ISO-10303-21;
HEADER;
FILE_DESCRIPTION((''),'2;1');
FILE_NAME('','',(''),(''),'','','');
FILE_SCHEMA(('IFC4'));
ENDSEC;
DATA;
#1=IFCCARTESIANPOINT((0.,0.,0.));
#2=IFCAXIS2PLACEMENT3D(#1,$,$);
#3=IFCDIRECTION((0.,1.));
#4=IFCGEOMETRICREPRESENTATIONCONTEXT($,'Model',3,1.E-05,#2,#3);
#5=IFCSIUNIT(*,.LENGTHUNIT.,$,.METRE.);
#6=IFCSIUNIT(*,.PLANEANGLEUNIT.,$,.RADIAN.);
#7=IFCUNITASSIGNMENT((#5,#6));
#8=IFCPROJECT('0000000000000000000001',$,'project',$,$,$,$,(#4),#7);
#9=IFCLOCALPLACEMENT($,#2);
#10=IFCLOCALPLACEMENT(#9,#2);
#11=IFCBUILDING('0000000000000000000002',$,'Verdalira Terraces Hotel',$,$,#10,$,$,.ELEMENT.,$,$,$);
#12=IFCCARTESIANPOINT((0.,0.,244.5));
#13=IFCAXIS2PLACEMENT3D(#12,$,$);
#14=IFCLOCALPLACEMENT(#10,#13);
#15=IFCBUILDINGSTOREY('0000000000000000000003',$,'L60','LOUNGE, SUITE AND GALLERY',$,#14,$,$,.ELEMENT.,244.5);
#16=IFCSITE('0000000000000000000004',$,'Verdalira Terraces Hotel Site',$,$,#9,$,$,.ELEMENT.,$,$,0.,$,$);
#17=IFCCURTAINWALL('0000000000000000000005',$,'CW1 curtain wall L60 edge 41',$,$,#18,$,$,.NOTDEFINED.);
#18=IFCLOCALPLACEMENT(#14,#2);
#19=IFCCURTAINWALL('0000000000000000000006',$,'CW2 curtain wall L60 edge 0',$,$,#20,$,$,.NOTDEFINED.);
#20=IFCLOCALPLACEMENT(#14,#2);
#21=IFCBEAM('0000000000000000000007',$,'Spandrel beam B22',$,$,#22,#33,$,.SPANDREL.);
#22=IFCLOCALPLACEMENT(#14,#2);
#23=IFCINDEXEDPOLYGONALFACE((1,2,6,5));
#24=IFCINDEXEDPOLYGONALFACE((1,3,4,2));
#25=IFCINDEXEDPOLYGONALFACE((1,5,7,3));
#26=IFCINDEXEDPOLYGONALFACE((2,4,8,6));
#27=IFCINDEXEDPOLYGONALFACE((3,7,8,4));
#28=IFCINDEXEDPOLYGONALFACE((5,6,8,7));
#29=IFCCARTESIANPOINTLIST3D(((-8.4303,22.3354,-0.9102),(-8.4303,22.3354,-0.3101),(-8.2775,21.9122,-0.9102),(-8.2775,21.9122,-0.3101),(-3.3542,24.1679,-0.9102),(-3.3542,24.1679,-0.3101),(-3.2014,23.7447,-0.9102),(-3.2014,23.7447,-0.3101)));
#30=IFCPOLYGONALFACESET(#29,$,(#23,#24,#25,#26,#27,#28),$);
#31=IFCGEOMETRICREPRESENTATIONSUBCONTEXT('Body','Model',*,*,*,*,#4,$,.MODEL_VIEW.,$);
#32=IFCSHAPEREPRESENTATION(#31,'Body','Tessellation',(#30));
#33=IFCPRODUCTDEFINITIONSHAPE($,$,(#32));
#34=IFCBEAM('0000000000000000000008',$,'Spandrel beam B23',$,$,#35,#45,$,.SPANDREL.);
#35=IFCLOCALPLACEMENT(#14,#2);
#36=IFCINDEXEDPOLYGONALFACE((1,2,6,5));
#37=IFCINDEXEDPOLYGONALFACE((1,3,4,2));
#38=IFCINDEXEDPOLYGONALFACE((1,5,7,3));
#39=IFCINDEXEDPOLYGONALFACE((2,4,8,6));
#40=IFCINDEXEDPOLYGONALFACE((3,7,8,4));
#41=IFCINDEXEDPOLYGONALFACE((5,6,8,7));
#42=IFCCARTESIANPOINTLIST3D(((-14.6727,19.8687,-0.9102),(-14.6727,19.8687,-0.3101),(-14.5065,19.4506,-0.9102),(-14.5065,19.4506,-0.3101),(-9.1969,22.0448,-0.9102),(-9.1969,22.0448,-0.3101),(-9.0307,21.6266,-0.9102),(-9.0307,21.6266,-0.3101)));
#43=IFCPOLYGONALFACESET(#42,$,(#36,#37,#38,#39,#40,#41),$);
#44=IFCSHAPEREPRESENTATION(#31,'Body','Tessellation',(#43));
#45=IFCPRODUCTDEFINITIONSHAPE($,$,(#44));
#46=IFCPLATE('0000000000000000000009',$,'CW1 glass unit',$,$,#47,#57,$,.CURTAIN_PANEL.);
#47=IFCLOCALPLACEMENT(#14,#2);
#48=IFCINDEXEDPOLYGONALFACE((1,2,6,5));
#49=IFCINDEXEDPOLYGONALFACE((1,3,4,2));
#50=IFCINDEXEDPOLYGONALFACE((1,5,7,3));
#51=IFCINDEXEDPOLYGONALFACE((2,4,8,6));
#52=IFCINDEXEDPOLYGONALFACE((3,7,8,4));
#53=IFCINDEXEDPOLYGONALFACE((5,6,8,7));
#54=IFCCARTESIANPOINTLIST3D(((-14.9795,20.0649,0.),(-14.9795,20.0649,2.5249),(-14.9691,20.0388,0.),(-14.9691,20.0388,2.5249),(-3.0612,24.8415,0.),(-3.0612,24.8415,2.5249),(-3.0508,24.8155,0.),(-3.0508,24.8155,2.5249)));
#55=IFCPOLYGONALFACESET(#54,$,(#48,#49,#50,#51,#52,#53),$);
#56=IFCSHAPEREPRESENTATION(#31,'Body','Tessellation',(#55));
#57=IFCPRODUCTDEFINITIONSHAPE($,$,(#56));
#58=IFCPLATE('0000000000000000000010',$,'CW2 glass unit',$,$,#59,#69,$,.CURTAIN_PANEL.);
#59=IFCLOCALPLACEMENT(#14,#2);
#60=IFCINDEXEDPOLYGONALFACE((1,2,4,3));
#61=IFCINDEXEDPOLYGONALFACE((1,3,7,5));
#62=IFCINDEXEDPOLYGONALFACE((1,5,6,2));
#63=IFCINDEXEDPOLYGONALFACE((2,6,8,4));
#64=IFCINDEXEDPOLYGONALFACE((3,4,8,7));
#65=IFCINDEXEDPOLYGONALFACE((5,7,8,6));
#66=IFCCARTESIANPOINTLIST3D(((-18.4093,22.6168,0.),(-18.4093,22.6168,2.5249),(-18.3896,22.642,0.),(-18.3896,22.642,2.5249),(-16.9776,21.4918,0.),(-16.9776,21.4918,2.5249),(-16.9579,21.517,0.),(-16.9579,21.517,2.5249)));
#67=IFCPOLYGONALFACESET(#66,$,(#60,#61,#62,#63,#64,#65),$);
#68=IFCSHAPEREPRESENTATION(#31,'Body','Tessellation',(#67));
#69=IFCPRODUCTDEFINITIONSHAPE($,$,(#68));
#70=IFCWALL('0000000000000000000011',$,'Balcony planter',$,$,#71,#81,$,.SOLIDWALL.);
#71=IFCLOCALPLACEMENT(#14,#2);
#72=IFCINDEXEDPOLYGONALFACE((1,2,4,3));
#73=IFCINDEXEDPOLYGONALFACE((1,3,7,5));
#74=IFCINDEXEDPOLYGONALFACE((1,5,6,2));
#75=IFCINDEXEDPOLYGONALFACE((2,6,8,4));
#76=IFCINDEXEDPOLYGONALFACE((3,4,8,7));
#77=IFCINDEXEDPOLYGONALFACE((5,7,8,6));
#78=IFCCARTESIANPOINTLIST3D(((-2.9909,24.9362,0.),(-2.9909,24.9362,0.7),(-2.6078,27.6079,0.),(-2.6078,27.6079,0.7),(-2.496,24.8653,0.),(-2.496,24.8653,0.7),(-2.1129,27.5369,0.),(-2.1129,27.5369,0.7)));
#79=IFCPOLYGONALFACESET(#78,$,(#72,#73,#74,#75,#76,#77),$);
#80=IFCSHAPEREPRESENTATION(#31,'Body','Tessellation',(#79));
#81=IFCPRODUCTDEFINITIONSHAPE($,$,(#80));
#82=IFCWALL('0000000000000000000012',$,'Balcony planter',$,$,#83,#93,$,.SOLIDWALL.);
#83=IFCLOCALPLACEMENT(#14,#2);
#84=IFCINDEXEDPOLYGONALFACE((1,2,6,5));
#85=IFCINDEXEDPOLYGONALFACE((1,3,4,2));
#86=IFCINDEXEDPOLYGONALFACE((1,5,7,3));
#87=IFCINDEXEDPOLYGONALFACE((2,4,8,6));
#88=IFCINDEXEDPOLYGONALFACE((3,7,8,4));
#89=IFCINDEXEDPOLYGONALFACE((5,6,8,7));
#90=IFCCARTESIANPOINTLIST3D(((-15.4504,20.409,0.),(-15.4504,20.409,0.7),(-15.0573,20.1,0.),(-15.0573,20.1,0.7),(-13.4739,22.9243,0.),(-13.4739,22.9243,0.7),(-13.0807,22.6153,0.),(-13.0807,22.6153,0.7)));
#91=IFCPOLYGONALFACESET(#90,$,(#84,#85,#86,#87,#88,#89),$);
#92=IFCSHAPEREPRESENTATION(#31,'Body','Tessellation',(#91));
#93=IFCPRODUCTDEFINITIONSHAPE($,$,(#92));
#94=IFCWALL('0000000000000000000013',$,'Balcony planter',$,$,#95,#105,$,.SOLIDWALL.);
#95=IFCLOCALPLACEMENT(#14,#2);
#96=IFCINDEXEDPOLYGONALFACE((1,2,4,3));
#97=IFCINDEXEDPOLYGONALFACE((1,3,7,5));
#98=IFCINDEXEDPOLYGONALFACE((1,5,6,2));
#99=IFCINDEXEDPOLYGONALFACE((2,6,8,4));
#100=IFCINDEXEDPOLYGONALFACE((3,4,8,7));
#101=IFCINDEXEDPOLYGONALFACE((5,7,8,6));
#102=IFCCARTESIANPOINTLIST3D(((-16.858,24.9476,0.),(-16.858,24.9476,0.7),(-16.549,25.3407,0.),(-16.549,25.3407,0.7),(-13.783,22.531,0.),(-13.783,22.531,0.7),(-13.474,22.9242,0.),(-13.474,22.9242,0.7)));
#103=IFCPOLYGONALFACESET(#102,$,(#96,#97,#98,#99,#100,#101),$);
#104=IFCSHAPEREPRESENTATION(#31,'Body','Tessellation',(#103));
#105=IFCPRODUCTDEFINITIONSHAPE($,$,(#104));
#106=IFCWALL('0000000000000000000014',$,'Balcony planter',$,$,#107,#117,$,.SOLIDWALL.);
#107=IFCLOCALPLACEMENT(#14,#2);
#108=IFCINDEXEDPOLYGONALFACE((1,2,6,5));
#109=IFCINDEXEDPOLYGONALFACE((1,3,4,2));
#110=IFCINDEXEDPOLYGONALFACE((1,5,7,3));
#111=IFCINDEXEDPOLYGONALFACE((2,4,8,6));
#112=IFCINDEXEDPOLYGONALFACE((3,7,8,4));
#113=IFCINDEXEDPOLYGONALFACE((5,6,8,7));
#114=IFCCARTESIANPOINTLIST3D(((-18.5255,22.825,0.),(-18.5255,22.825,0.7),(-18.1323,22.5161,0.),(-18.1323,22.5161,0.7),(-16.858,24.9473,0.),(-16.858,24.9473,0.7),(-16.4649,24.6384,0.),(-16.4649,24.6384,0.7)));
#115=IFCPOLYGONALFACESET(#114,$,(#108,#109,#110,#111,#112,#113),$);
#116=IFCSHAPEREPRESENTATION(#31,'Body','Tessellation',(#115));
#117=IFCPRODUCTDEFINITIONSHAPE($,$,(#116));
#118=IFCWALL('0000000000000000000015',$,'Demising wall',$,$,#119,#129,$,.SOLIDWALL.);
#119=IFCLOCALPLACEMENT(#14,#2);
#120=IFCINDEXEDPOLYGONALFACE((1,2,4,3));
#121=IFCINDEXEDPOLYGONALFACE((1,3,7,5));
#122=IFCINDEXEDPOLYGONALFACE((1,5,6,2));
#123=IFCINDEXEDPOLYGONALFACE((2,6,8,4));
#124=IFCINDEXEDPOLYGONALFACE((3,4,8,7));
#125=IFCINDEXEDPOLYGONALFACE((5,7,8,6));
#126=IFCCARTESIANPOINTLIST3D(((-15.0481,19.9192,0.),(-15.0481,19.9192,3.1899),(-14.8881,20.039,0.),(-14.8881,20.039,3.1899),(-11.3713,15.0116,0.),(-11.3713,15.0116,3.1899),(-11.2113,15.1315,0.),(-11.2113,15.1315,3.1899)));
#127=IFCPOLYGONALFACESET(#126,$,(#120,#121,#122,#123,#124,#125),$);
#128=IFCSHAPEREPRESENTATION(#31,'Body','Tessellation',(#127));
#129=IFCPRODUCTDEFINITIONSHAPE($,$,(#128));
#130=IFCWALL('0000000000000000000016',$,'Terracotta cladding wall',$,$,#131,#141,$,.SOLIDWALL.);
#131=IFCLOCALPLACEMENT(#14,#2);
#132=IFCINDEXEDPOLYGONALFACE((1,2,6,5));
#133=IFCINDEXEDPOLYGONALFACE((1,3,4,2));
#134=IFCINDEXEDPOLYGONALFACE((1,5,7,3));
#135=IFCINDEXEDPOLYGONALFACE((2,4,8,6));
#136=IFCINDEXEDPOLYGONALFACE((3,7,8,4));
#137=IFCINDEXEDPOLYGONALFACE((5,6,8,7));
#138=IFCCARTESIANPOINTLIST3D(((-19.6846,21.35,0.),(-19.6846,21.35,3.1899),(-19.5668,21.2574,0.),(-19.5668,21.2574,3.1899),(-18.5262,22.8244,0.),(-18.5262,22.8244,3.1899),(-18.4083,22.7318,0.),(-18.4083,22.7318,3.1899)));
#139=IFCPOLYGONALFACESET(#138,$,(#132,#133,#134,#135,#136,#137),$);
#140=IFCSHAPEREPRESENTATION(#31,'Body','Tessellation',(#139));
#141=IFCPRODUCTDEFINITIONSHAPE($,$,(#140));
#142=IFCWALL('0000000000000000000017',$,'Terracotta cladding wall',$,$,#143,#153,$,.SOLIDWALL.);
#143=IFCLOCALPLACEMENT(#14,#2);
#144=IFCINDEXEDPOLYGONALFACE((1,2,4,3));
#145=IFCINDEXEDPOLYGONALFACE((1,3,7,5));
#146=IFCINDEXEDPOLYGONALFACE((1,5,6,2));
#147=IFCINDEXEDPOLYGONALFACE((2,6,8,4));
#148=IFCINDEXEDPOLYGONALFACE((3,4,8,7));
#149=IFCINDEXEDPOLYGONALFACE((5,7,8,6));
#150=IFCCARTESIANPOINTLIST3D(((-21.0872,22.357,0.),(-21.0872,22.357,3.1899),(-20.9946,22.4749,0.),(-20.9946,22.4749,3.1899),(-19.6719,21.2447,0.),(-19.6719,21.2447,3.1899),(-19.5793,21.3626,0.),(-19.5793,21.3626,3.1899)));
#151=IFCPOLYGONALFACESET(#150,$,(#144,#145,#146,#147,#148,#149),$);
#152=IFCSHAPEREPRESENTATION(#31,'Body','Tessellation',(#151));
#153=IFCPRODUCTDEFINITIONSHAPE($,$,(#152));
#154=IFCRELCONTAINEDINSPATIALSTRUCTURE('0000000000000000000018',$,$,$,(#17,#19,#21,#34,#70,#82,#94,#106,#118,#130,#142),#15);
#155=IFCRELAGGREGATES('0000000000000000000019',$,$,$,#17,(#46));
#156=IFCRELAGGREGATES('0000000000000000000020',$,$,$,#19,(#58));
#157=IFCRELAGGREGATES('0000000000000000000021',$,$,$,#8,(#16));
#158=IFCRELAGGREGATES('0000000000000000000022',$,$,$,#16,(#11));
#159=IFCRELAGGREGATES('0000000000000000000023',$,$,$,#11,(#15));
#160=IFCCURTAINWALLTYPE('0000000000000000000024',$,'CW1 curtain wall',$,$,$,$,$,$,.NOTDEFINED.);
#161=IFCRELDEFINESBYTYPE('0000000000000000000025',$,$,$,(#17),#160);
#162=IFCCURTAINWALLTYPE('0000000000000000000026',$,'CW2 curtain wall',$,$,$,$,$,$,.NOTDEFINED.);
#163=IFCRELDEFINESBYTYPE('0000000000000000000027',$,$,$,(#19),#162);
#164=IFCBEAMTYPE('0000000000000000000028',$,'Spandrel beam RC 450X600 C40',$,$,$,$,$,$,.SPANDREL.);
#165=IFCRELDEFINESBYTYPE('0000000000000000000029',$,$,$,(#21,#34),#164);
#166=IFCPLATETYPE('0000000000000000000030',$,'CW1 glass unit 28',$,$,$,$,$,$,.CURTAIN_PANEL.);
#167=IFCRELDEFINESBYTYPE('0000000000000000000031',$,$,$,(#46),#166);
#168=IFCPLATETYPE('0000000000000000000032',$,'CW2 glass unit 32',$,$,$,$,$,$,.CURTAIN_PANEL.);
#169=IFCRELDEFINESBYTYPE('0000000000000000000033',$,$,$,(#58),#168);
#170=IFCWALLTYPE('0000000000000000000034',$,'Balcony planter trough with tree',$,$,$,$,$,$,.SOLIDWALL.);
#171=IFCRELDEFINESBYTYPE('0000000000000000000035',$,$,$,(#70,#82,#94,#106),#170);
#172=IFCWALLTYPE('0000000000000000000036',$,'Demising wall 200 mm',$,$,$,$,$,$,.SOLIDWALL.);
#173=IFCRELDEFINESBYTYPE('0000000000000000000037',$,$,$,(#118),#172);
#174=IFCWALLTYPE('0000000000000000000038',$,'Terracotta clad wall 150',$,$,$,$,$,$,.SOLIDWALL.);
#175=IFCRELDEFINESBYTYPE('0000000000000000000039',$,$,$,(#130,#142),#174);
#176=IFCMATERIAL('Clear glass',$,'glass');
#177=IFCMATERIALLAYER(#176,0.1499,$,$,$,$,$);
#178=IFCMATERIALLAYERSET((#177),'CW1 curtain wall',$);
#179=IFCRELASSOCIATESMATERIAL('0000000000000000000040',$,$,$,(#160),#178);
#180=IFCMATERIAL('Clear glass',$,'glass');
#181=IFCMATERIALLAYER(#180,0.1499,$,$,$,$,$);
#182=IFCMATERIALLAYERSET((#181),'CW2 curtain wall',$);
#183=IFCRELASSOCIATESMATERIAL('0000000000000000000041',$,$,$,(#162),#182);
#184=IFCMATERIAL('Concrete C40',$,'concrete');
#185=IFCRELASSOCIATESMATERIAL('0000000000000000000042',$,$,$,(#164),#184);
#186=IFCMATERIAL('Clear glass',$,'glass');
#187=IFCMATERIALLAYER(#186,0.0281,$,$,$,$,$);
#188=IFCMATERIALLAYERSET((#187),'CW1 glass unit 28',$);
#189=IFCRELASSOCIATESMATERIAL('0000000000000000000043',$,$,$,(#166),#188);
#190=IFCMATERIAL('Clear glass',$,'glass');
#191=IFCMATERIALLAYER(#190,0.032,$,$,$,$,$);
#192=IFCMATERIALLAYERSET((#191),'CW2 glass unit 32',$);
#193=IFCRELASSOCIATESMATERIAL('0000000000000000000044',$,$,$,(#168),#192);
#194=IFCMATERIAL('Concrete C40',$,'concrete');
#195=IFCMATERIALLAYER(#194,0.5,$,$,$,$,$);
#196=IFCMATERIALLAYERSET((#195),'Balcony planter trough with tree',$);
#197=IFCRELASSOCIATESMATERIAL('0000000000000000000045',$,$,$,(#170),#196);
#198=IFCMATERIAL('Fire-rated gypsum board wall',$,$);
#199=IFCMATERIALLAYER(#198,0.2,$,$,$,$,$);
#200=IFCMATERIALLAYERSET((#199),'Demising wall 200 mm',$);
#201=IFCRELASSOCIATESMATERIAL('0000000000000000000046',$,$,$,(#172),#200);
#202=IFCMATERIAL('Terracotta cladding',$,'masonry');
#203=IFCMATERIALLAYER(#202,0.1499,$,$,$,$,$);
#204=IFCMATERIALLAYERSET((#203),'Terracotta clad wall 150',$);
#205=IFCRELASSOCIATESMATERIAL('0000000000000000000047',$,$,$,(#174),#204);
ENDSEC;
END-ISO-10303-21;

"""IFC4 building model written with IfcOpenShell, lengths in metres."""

from ifc_helpers import new_model, si_unit, direction, frame, frame_2d, origin, origin_2d, place, context, subcontext, project, spatial, rectangle, extrude, material, layer, layer_set, material_profile, profile_set, type_object, element, aggregate, save


model = new_model("IFC4")

# Units and contexts
model_context = context("Model", 3, precision=1e-05, world=origin(), true_north=direction((0.0, 1.0)))
body_context = subcontext(model_context, "Body", "Model", "MODEL_VIEW")
ifc_project = project(units=[si_unit("LENGTHUNIT", "METRE"), si_unit("PLANEANGLEUNIT", "RADIAN")], contexts=[model_context])

# Site, building, storey
site_placement = place(None, origin())
site = spatial("IfcSite", under=ifc_project, at=site_placement, Name="Verdalira Terraces Hotel Site", CompositionType="ELEMENT", RefElevation=0.0)
building_placement = place(site_placement, origin())
building = spatial("IfcBuilding", under=site, at=building_placement, Name="Verdalira Terraces Hotel", CompositionType="ELEMENT")
storey_placement = place(building_placement, frame((0.0, 0.0, 244.5)))
storey = spatial("IfcBuildingStorey", under=building, at=storey_placement, Name="L60", Description="LOUNGE, SUITE AND GALLERY", CompositionType="ELEMENT", Elevation=244.5)

# Shared definitions
ifc_material_1 = material(Name="Clear glass", Category="glass")
ifc_layer_1 = layer(ifc_material_1, 0.1499)
ifc_layer_set_1 = layer_set([ifc_layer_1], Name="CW1 curtain wall")
curtain_wall_type_1 = type_object("IfcCurtainWallType", Name="CW1 curtain wall", PredefinedType="NOTDEFINED", material=ifc_layer_set_1)

# Curtain walls
curtain_wall_1_placement = place(storey_placement, origin())
curtain_wall_1 = element("IfcCurtainWall", 1, at=curtain_wall_1_placement, inside=storey, type_object=curtain_wall_type_1, Name="CW1 curtain wall L60 edge 41", PredefinedType="NOTDEFINED")
ifc_material_2 = material(Name="Clear glass", Category="glass")
ifc_layer_2 = layer(ifc_material_2, 0.1499)
ifc_layer_set_2 = layer_set([ifc_layer_2], Name="CW2 curtain wall")
curtain_wall_type_2 = type_object("IfcCurtainWallType", Name="CW2 curtain wall", PredefinedType="NOTDEFINED", material=ifc_layer_set_2)
curtain_wall_2_placement = place(storey_placement, origin())
curtain_wall_2 = element("IfcCurtainWall", 2, at=curtain_wall_2_placement, inside=storey, type_object=curtain_wall_type_2, Name="CW2 curtain wall L60 edge 0", PredefinedType="NOTDEFINED")

# Beams
ifc_material_3 = material(Name="Concrete C40", Category="concrete")
ifc_material_profile_1 = material_profile(ifc_material_3, rectangle(XDim=0.45, YDim=0.6001, at=origin_2d()), Name="RC 450X600")
ifc_profile_set_1 = profile_set([ifc_material_profile_1], Name="Concrete C40")
beam_type_1 = type_object("IfcBeamType", Name="Spandrel beam RC 450X600 C40", PredefinedType="SPANDREL", material=ifc_profile_set_1)
beam_1_placement = place(storey_placement, frame((-3.2778, 23.9563, -0.6101), z_axis=(-0.940586, -0.339556, 0.0), x_axis=(0.339556, -0.940586, 0.0)))
element("IfcBeam", 3, at=beam_1_placement, inside=storey, type_object=beam_type_1, Name="Spandrel beam B22", PredefinedType="SPANDREL", context=body_context, shape_type="SweptSolid", body=[
    extrude(rectangle(XDim=0.45, YDim=0.6001, at=origin_2d()), origin(), (0.0, 0.0, 1.0), 5.3967),
])
beam_2_placement = place(storey_placement, frame((-9.1138, 21.8357, -0.6101), z_axis=(-0.929312, -0.369297, 0.0), x_axis=(0.369297, -0.929312, 0.0)))
element("IfcBeam", 4, at=beam_2_placement, inside=storey, type_object=beam_type_1, Name="Spandrel beam B23", PredefinedType="SPANDREL", context=body_context, shape_type="SweptSolid", body=[
    extrude(rectangle(XDim=0.45, YDim=0.6001, at=origin_2d()), origin(), (0.0, 0.0, 1.0), 5.8923),
])

# Plates
ifc_material_4 = material(Name="Clear glass", Category="glass")
ifc_layer_3 = layer(ifc_material_4, 0.0281)
ifc_layer_set_3 = layer_set([ifc_layer_3], Name="CW1 glass unit 28")
plate_type_1 = type_object("IfcPlateType", Name="CW1 glass unit 28", PredefinedType="CURTAIN_PANEL", material=ifc_layer_set_3)
plate_1_placement = place(storey_placement, frame((-9.0151, 22.4402, 0.0), z_axis=(0.0, 0.0, 1.0), x_axis=(-0.928226, -0.372016, 0.0)))
plate_1 = element("IfcPlate", 5, at=plate_1_placement, type_object=plate_type_1, Name="CW1 glass unit", PredefinedType="CURTAIN_PANEL", context=body_context, shape_type="SweptSolid", body=[
    extrude(rectangle(XDim=12.8398, YDim=0.0281, at=origin_2d()), origin(), (0.0, 0.0, 1.0), 2.5249),
])
aggregate(curtain_wall_1, [plate_1])
ifc_material_5 = material(Name="Clear glass", Category="glass")
ifc_layer_4 = layer(ifc_material_5, 0.032)
ifc_layer_set_4 = layer_set([ifc_layer_4], Name="CW2 glass unit 32")
plate_type_2 = type_object("IfcPlateType", Name="CW2 glass unit 32", PredefinedType="CURTAIN_PANEL", material=ifc_layer_set_4)
plate_2_placement = place(storey_placement, frame((-17.6836, 22.0669, 0.0), z_axis=(0.0, 0.0, 1.0), x_axis=(-0.786288, 0.61786, 0.0)))
plate_2 = element("IfcPlate", 6, at=plate_2_placement, type_object=plate_type_2, Name="CW2 glass unit", PredefinedType="CURTAIN_PANEL", context=body_context, shape_type="SweptSolid", body=[
    extrude(rectangle(XDim=1.8208, YDim=0.032, at=origin_2d()), origin(), (0.0, 0.0, 1.0), 2.5249),
])
aggregate(curtain_wall_2, [plate_2])

# Walls
ifc_material_6 = material(Name="Concrete C40", Category="concrete")
ifc_layer_5 = layer(ifc_material_6, 0.5)
ifc_layer_set_5 = layer_set([ifc_layer_5], Name="Balcony planter trough with tree")
wall_type_1 = type_object("IfcWallType", Name="Balcony planter trough with tree", PredefinedType="SOLIDWALL", material=ifc_layer_set_5)
wall_1_placement = place(storey_placement, frame((-2.3604, 27.5725, 0.0), z_axis=(0.0, 0.0, 1.0), x_axis=(-0.141928, -0.989877, 0.0)))
element("IfcWall", 7, at=wall_1_placement, inside=storey, type_object=wall_type_1, Name="Balcony planter", PredefinedType="SOLIDWALL", context=body_context, shape_type="SweptSolid", body=[
    extrude(rectangle(XDim=2.699, YDim=0.5, at=frame_2d((1.3496, 0.0))), origin(), (0.0, 0.0, 1.0), 0.7),
])
wall_2_placement = place(storey_placement, frame((-15.2539, 20.2544, 0.0), z_axis=(0.0, 0.0, 1.0), x_axis=(0.617859, 0.786289, 0.0)))
element("IfcWall", 8, at=wall_2_placement, inside=storey, type_object=wall_type_1, Name="Balcony planter", PredefinedType="SOLIDWALL", context=body_context, shape_type="SweptSolid", body=[
    extrude(rectangle(XDim=3.199, YDim=0.5, at=frame_2d((1.5996, 0.0))), origin(), (0.0, 0.0, 1.0), 0.7),
])
wall_3_placement = place(storey_placement, frame((-13.6284, 22.7275, 0.0), z_axis=(0.0, 0.0, 1.0), x_axis=(-0.78626, 0.617896, 0.0)))
element("IfcWall", 9, at=wall_3_placement, inside=storey, type_object=wall_type_1, Name="Balcony planter", PredefinedType="SOLIDWALL", context=body_context, shape_type="SweptSolid", body=[
    extrude(rectangle(XDim=3.9109, YDim=0.5, at=frame_2d((1.9556, 0.0))), origin(), (0.0, 0.0, 1.0), 0.7),
])
wall_4_placement = place(storey_placement, frame((-16.6614, 24.793, 0.0), z_axis=(0.0, 0.0, 1.0), x_axis=(-0.61781, -0.786328, 0.0)))
element("IfcWall", 10, at=wall_4_placement, inside=storey, type_object=wall_type_1, Name="Balcony planter", PredefinedType="SOLIDWALL", context=body_context, shape_type="SweptSolid", body=[
    extrude(rectangle(XDim=2.699, YDim=0.5, at=frame_2d((1.3496, 0.0))), origin(), (0.0, 0.0, 1.0), 0.7),
])
ifc_material_7 = material(Name="Fire-rated gypsum board wall")
ifc_layer_6 = layer(ifc_material_7, 0.2)
ifc_layer_set_6 = layer_set([ifc_layer_6], Name="Demising wall 200 mm")
wall_type_2 = type_object("IfcWallType", Name="Demising wall 200 mm", PredefinedType="SOLIDWALL", material=ifc_layer_set_6)
wall_5_placement = place(storey_placement, frame((-14.968, 19.979, 0.0), z_axis=(0.0, 0.0, 1.0), x_axis=(0.599599, -0.800301, 0.0)))
element("IfcWall", 11, at=wall_5_placement, inside=storey, type_object=wall_type_2, Name="Demising wall", PredefinedType="SOLIDWALL", context=body_context, shape_type="SweptSolid", body=[
    extrude(rectangle(XDim=6.1321, YDim=0.2, at=frame_2d((3.0659, 0.0))), origin(), (0.0, 0.0, 1.0), 3.1899),
])
ifc_material_8 = material(Name="Terracotta cladding", Category="masonry")
ifc_layer_7 = layer(ifc_material_8, 0.1499)
ifc_layer_set_7 = layer_set([ifc_layer_7], Name="Terracotta clad wall 150")
wall_type_3 = type_object("IfcWallType", Name="Terracotta clad wall 150", PredefinedType="SOLIDWALL", material=ifc_layer_set_7)
wall_6_placement = place(storey_placement, frame((-18.4673, 22.7781, 0.0), z_axis=(0.0, 0.0, 1.0), x_axis=(-0.617827, -0.786314, 0.0)))
element("IfcWall", 12, at=wall_6_placement, inside=storey, type_object=wall_type_3, Name="Terracotta cladding wall", PredefinedType="SOLIDWALL", context=body_context, shape_type="SweptSolid", body=[
    extrude(rectangle(XDim=1.875, YDim=0.1499, at=frame_2d((0.9375, 0.0))), origin(), (0.0, 0.0, 1.0), 3.1899),
])
wall_7_placement = place(storey_placement, frame((-19.6257, 21.3037, 0.0), z_axis=(0.0, 0.0, 1.0), x_axis=(-0.786238, 0.617923, 0.0)))
element("IfcWall", 13, at=wall_7_placement, inside=storey, type_object=wall_type_3, Name="Terracotta cladding wall", PredefinedType="SOLIDWALL", context=body_context, shape_type="SweptSolid", body=[
    extrude(rectangle(XDim=1.8, YDim=0.1499, at=frame_2d((0.8999, 0.0))), origin(), (0.0, 0.0, 1.0), 3.1899),
])

save(model, "model.ifc")
